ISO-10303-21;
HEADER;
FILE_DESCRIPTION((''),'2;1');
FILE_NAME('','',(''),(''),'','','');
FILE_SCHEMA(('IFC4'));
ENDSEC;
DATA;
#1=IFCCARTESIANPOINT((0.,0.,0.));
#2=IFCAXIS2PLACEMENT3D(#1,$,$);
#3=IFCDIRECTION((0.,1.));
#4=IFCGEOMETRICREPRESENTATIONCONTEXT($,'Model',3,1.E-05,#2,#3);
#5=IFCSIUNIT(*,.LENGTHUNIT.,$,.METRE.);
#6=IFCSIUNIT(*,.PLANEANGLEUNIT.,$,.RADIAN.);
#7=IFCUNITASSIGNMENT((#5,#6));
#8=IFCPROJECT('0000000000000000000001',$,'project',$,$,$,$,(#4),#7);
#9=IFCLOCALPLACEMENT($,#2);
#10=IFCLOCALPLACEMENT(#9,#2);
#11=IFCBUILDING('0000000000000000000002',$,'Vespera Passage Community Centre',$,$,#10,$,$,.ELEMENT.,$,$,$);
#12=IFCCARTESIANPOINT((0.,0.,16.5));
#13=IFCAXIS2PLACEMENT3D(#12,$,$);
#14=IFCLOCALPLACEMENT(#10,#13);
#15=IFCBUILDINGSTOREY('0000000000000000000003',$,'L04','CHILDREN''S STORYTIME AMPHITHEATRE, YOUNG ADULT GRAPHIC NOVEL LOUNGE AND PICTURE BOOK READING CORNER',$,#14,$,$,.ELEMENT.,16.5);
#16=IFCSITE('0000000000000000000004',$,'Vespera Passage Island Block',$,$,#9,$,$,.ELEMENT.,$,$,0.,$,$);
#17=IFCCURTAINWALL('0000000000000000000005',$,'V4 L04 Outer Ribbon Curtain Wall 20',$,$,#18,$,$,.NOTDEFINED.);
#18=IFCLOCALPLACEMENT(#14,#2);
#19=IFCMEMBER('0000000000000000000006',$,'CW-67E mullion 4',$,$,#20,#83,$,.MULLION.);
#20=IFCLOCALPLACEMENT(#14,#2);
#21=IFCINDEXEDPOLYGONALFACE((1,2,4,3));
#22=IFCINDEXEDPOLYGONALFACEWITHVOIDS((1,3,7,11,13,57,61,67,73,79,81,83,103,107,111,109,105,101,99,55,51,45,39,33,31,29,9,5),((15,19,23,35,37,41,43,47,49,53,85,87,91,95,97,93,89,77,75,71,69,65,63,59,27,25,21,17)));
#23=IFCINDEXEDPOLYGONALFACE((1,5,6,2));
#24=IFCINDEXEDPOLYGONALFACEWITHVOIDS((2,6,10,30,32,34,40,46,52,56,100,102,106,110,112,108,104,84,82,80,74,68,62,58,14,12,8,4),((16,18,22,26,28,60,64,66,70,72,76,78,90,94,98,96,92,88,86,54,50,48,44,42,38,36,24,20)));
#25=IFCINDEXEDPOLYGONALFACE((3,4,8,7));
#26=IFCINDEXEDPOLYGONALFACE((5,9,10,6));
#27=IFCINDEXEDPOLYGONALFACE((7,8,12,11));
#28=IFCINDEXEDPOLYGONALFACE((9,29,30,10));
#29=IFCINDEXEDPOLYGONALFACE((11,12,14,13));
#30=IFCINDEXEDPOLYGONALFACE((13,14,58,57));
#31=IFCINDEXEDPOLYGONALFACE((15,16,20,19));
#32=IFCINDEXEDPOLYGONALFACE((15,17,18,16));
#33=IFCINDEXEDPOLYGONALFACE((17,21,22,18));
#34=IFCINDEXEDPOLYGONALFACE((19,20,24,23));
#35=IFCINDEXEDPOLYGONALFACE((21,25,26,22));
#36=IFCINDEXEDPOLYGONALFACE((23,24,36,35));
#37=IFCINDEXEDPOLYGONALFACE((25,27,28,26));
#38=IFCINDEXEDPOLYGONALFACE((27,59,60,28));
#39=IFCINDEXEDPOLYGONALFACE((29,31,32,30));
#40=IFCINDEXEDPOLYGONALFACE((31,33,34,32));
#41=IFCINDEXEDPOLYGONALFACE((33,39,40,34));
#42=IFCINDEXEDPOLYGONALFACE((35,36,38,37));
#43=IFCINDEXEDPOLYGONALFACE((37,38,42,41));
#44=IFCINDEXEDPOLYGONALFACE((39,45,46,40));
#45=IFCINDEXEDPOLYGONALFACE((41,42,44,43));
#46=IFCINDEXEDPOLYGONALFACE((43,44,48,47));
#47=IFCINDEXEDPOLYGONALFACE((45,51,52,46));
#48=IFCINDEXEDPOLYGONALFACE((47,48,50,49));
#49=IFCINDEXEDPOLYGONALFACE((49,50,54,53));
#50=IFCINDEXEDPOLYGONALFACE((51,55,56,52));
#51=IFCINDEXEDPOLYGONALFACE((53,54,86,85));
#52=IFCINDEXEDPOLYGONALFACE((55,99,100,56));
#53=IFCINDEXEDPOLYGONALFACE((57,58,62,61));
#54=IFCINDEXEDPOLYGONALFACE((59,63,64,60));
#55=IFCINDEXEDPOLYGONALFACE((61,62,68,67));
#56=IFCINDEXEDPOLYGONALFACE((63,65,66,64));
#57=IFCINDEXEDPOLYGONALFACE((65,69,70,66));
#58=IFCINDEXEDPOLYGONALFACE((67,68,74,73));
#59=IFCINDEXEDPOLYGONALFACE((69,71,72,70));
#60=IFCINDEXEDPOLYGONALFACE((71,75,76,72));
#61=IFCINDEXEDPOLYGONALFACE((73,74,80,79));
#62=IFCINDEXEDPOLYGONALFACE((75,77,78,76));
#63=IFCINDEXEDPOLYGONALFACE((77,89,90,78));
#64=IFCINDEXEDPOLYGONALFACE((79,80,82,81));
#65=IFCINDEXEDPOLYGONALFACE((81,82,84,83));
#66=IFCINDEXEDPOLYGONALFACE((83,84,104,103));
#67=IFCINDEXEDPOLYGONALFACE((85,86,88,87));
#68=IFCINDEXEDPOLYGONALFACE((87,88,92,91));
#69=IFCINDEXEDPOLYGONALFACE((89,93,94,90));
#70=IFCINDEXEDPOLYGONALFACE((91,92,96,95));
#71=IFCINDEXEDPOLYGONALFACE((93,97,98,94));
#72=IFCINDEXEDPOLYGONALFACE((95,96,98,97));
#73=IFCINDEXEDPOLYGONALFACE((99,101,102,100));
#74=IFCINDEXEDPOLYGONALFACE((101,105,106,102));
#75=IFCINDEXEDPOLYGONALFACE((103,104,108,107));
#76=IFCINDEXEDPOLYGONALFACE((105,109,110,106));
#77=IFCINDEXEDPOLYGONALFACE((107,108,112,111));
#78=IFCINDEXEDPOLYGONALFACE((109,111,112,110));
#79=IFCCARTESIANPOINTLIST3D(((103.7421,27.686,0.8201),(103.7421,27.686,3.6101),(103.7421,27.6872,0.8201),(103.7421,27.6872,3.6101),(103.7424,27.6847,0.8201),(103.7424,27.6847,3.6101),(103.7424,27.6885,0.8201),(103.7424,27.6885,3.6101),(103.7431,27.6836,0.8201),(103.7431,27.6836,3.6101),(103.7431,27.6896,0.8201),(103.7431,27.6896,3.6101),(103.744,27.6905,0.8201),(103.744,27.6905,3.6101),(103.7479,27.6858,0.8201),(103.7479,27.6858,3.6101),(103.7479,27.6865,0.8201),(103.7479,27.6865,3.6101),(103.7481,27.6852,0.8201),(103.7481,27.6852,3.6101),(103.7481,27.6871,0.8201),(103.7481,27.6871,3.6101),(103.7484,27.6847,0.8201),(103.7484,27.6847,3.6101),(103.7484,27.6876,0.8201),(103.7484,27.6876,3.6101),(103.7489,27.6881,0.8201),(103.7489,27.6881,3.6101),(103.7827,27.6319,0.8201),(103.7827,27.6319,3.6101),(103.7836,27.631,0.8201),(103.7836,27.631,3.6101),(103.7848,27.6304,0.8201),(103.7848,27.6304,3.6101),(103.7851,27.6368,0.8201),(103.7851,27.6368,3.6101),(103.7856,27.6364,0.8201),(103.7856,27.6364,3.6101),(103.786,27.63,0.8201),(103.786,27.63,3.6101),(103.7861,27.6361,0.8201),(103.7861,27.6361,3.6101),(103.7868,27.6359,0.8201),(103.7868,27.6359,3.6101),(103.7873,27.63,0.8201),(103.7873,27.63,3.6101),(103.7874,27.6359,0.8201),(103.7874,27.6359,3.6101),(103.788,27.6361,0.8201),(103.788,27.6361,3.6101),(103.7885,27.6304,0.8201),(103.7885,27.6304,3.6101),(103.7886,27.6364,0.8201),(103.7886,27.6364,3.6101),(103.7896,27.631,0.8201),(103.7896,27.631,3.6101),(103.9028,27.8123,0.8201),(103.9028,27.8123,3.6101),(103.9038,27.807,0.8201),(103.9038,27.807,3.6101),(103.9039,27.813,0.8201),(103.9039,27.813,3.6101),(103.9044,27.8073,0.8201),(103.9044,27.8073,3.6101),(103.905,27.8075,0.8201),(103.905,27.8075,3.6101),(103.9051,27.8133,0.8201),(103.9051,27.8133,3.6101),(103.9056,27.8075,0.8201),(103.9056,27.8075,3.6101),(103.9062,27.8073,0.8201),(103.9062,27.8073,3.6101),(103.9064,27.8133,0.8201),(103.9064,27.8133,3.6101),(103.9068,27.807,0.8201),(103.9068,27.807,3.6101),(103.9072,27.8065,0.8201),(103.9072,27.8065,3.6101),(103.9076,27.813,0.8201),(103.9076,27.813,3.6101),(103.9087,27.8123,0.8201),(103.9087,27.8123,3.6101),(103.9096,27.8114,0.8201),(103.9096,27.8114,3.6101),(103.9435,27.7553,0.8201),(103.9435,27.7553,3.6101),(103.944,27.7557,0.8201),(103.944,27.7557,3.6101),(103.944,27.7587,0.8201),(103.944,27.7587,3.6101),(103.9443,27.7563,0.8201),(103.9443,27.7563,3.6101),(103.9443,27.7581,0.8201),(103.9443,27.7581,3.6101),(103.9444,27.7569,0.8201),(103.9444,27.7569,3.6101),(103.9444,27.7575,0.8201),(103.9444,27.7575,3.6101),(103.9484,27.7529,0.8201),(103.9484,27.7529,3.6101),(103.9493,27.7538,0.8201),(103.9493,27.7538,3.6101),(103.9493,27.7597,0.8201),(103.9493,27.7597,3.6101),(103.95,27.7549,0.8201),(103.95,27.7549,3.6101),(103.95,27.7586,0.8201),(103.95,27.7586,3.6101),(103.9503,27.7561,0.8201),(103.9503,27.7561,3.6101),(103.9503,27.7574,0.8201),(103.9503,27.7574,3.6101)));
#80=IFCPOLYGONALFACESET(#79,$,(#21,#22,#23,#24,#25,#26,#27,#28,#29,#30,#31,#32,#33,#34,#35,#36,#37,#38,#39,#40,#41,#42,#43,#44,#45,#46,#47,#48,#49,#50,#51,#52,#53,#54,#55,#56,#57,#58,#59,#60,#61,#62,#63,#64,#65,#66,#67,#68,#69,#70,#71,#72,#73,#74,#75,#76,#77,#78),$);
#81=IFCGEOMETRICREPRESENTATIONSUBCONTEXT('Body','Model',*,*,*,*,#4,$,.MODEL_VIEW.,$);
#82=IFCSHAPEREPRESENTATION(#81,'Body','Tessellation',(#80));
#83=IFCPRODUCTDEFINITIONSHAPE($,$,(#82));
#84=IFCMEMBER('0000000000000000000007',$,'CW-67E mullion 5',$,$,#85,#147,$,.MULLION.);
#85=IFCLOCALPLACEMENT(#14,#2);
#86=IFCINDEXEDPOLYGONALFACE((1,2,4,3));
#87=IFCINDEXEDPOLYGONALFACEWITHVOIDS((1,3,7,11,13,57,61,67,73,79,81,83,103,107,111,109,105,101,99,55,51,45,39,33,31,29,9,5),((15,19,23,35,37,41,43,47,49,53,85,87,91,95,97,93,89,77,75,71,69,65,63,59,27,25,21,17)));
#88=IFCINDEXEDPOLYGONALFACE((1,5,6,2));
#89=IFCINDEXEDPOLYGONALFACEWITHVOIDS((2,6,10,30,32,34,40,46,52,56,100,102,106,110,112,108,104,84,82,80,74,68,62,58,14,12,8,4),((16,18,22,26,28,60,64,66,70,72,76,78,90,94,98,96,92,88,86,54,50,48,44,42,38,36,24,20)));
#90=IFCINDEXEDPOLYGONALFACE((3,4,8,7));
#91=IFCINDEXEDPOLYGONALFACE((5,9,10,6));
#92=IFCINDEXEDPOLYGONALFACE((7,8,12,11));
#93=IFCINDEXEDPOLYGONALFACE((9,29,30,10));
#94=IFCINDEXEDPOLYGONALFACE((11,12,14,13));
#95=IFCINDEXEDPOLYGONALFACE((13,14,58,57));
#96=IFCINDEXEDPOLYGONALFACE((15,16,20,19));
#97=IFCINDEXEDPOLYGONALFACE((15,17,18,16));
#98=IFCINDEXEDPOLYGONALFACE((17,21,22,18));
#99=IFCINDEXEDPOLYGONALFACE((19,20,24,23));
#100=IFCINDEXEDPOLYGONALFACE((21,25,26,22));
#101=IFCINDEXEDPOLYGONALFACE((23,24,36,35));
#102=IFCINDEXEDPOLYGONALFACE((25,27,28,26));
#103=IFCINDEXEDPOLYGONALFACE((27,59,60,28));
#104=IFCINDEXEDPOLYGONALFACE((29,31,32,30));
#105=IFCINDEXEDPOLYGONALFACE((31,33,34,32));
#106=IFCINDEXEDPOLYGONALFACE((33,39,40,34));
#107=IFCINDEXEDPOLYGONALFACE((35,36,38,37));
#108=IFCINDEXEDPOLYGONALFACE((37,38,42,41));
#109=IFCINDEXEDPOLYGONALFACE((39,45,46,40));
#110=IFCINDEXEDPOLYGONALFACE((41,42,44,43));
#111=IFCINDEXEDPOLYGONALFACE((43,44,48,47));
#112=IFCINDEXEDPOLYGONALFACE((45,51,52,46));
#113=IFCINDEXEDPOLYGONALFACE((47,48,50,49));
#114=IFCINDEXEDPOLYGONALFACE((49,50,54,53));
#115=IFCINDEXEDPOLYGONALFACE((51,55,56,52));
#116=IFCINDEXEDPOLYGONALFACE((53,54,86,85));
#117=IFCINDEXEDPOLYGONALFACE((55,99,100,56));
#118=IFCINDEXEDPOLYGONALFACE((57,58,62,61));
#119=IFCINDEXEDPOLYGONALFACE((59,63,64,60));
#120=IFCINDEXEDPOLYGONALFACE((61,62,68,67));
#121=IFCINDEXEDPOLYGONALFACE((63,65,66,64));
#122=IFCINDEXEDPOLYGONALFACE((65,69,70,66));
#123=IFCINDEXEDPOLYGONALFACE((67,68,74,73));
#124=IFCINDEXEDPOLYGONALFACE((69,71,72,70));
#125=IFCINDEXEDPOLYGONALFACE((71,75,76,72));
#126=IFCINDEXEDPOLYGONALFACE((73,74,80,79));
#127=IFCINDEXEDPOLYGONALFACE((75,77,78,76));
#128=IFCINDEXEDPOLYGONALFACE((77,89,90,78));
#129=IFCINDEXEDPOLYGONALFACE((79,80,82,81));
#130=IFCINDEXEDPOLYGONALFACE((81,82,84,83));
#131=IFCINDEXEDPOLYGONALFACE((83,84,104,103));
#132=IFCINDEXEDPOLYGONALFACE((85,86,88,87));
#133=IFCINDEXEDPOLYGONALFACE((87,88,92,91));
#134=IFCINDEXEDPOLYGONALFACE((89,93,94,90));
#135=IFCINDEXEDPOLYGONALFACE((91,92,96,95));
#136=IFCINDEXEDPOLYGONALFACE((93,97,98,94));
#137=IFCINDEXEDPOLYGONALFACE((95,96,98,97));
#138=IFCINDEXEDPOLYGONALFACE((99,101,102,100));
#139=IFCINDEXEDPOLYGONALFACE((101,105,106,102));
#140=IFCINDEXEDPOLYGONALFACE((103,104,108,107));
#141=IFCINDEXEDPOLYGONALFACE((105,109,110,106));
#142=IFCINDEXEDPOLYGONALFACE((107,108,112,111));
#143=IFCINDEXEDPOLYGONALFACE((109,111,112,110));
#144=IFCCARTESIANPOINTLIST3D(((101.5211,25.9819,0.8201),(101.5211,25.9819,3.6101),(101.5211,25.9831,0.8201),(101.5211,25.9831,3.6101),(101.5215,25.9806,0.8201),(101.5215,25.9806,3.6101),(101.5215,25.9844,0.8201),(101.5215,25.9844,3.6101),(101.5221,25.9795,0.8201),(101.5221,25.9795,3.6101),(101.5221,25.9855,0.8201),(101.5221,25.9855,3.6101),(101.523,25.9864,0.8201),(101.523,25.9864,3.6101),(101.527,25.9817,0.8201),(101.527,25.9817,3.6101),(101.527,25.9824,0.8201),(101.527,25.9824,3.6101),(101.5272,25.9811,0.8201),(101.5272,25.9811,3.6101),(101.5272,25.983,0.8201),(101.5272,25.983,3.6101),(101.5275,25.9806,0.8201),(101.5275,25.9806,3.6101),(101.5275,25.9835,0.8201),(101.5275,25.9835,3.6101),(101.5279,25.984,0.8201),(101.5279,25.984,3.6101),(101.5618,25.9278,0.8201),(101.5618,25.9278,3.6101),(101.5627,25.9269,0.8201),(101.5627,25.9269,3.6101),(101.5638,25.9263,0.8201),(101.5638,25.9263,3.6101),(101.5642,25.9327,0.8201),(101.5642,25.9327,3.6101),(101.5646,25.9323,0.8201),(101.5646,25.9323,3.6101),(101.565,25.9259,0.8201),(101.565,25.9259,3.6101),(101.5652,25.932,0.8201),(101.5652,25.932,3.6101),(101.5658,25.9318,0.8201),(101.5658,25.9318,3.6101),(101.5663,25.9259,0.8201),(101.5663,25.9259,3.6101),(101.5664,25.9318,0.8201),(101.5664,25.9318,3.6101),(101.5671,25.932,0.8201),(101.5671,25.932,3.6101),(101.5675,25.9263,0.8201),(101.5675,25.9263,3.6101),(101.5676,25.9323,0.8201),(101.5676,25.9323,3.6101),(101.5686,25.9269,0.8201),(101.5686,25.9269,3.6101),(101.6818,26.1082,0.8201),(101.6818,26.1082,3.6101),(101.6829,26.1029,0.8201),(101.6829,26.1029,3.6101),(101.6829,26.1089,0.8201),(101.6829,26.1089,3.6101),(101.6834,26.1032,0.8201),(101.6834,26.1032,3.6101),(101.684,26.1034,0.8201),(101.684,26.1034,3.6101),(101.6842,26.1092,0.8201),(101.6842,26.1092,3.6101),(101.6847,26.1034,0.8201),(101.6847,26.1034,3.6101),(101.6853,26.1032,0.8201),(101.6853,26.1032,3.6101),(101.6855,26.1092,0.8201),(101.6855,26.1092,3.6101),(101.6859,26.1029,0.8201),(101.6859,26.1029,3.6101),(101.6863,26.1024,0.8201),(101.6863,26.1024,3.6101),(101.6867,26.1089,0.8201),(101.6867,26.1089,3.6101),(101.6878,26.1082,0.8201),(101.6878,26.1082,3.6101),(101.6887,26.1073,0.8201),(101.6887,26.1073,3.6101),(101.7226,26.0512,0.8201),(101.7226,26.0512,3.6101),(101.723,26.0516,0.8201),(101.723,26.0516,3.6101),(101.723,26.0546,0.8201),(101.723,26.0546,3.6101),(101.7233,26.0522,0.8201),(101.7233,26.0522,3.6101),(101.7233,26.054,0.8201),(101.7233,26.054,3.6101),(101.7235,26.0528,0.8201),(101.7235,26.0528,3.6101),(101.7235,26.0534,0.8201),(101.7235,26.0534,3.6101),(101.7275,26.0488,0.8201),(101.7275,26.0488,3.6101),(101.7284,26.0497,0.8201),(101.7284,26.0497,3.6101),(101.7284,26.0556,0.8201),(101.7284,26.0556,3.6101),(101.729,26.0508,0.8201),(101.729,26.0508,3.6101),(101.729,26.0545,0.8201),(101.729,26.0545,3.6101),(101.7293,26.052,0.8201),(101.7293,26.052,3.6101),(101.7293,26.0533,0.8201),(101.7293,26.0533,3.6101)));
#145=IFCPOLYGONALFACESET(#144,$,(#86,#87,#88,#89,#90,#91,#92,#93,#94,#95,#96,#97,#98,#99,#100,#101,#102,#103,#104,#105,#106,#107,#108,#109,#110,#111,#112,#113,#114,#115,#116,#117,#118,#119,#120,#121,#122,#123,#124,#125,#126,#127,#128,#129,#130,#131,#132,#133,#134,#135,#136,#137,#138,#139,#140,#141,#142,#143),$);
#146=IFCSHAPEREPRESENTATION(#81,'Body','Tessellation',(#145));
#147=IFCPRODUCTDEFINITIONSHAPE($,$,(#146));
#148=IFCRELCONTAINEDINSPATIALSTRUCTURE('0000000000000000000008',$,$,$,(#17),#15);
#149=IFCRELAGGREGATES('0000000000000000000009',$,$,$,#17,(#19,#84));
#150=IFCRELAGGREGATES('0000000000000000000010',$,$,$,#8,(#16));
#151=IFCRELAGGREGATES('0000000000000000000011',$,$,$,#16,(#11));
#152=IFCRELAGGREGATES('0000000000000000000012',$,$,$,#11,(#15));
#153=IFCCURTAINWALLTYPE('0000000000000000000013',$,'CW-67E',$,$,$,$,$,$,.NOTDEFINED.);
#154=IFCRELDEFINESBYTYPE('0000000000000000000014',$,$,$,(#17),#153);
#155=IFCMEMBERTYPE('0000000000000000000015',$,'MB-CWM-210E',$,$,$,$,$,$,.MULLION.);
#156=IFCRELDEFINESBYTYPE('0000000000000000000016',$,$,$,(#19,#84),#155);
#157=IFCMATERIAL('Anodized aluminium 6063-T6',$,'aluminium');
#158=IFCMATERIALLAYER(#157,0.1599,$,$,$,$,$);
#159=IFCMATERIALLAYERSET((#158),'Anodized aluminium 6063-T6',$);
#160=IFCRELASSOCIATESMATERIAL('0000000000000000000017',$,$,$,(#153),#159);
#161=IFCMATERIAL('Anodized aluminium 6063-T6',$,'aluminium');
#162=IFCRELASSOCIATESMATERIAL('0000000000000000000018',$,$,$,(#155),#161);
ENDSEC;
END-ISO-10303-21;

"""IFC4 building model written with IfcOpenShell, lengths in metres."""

from ifc_helpers import new_model, si_unit, direction, frame, origin, origin_2d, place, context, subcontext, project, spatial, hollow_rectangle, extrude, material, layer, layer_set, material_profile, profile_set, type_object, element, aggregate, save


model = new_model("IFC4")

# Units and contexts
model_context = context("Model", 3, precision=1e-05, world=origin(), true_north=direction((0.0, 1.0)))
body_context = subcontext(model_context, "Body", "Model", "MODEL_VIEW")
ifc_project = project(units=[si_unit("LENGTHUNIT", "METRE"), si_unit("PLANEANGLEUNIT", "RADIAN")], contexts=[model_context])

# Site, building, storey
site_placement = place(None, origin())
site = spatial("IfcSite", under=ifc_project, at=site_placement, Name="Vespera Passage Island Block", CompositionType="ELEMENT", RefElevation=0.0)
building_placement = place(site_placement, origin())
building = spatial("IfcBuilding", under=site, at=building_placement, Name="Vespera Passage Community Centre", CompositionType="ELEMENT")
storey_placement = place(building_placement, frame((0.0, 0.0, 16.5)))
storey = spatial("IfcBuildingStorey", under=building, at=storey_placement, Name="L04", Description="CHILDREN'S STORYTIME AMPHITHEATRE, YOUNG ADULT GRAPHIC NOVEL LOUNGE AND PICTURE BOOK READING CORNER", CompositionType="ELEMENT", Elevation=16.5)

# Curtain wall, members
ifc_material_1 = material(Name="Anodized aluminium 6063-T6", Category="aluminium")
ifc_layer_1 = layer(ifc_material_1, 0.1599)
ifc_layer_set_1 = layer_set([ifc_layer_1], Name="Anodized aluminium 6063-T6")
curtain_wall_type_1 = type_object("IfcCurtainWallType", Name="CW-67E", PredefinedType="NOTDEFINED", material=ifc_layer_set_1)
curtain_wall_1_placement = place(storey_placement, origin())
curtain_wall_1 = element("IfcCurtainWall", 1, at=curtain_wall_1_placement, inside=storey, type_object=curtain_wall_type_1, Name="V4 L04 Outer Ribbon Curtain Wall 20", PredefinedType="NOTDEFINED")
ifc_material_2 = material(Name="Anodized aluminium 6063-T6", Category="aluminium")
ifc_material_profile_1 = material_profile(ifc_material_2, hollow_rectangle(XDim=0.075, YDim=0.21, WallThickness=0.0049, InnerFilletRadius=0.0024, OuterFilletRadius=0.0049, at=origin_2d()), Name="ALU210X75X5")
ifc_profile_set_1 = profile_set([ifc_material_profile_1], Name="Anodized aluminium 6063-T6")
member_type_1 = type_object("IfcMemberType", Name="MB-CWM-210E", PredefinedType="MULLION", material=ifc_profile_set_1)
member_1_placement = place(storey_placement, frame((103.8462, 27.7217, 0.8201), z_axis=(0.0, 0.0, 1.0), x_axis=(0.608768, -0.793348, 0.0)))
member_1 = element("IfcMember", 2, at=member_1_placement, type_object=member_type_1, Name="CW-67E mullion 4", PredefinedType="MULLION", context=body_context, shape_type="SweptSolid", body=[
    extrude(hollow_rectangle(XDim=0.075, YDim=0.21, WallThickness=0.0049, InnerFilletRadius=0.0024, OuterFilletRadius=0.0049, at=origin_2d()), origin(), (0.0, 0.0, 1.0), 2.79),
])
member_2_placement = place(storey_placement, frame((101.6252, 26.0176, 0.8201), z_axis=(0.0, 0.0, 1.0), x_axis=(0.608768, -0.793348, 0.0)))
member_2 = element("IfcMember", 3, at=member_2_placement, type_object=member_type_1, Name="CW-67E mullion 5", PredefinedType="MULLION", context=body_context, shape_type="SweptSolid", body=[
    extrude(hollow_rectangle(XDim=0.075, YDim=0.21, WallThickness=0.0049, InnerFilletRadius=0.0024, OuterFilletRadius=0.0049, at=origin_2d()), origin(), (0.0, 0.0, 1.0), 2.79),
])

aggregate(curtain_wall_1, [member_1, member_2])

save(model, "model.ifc")
